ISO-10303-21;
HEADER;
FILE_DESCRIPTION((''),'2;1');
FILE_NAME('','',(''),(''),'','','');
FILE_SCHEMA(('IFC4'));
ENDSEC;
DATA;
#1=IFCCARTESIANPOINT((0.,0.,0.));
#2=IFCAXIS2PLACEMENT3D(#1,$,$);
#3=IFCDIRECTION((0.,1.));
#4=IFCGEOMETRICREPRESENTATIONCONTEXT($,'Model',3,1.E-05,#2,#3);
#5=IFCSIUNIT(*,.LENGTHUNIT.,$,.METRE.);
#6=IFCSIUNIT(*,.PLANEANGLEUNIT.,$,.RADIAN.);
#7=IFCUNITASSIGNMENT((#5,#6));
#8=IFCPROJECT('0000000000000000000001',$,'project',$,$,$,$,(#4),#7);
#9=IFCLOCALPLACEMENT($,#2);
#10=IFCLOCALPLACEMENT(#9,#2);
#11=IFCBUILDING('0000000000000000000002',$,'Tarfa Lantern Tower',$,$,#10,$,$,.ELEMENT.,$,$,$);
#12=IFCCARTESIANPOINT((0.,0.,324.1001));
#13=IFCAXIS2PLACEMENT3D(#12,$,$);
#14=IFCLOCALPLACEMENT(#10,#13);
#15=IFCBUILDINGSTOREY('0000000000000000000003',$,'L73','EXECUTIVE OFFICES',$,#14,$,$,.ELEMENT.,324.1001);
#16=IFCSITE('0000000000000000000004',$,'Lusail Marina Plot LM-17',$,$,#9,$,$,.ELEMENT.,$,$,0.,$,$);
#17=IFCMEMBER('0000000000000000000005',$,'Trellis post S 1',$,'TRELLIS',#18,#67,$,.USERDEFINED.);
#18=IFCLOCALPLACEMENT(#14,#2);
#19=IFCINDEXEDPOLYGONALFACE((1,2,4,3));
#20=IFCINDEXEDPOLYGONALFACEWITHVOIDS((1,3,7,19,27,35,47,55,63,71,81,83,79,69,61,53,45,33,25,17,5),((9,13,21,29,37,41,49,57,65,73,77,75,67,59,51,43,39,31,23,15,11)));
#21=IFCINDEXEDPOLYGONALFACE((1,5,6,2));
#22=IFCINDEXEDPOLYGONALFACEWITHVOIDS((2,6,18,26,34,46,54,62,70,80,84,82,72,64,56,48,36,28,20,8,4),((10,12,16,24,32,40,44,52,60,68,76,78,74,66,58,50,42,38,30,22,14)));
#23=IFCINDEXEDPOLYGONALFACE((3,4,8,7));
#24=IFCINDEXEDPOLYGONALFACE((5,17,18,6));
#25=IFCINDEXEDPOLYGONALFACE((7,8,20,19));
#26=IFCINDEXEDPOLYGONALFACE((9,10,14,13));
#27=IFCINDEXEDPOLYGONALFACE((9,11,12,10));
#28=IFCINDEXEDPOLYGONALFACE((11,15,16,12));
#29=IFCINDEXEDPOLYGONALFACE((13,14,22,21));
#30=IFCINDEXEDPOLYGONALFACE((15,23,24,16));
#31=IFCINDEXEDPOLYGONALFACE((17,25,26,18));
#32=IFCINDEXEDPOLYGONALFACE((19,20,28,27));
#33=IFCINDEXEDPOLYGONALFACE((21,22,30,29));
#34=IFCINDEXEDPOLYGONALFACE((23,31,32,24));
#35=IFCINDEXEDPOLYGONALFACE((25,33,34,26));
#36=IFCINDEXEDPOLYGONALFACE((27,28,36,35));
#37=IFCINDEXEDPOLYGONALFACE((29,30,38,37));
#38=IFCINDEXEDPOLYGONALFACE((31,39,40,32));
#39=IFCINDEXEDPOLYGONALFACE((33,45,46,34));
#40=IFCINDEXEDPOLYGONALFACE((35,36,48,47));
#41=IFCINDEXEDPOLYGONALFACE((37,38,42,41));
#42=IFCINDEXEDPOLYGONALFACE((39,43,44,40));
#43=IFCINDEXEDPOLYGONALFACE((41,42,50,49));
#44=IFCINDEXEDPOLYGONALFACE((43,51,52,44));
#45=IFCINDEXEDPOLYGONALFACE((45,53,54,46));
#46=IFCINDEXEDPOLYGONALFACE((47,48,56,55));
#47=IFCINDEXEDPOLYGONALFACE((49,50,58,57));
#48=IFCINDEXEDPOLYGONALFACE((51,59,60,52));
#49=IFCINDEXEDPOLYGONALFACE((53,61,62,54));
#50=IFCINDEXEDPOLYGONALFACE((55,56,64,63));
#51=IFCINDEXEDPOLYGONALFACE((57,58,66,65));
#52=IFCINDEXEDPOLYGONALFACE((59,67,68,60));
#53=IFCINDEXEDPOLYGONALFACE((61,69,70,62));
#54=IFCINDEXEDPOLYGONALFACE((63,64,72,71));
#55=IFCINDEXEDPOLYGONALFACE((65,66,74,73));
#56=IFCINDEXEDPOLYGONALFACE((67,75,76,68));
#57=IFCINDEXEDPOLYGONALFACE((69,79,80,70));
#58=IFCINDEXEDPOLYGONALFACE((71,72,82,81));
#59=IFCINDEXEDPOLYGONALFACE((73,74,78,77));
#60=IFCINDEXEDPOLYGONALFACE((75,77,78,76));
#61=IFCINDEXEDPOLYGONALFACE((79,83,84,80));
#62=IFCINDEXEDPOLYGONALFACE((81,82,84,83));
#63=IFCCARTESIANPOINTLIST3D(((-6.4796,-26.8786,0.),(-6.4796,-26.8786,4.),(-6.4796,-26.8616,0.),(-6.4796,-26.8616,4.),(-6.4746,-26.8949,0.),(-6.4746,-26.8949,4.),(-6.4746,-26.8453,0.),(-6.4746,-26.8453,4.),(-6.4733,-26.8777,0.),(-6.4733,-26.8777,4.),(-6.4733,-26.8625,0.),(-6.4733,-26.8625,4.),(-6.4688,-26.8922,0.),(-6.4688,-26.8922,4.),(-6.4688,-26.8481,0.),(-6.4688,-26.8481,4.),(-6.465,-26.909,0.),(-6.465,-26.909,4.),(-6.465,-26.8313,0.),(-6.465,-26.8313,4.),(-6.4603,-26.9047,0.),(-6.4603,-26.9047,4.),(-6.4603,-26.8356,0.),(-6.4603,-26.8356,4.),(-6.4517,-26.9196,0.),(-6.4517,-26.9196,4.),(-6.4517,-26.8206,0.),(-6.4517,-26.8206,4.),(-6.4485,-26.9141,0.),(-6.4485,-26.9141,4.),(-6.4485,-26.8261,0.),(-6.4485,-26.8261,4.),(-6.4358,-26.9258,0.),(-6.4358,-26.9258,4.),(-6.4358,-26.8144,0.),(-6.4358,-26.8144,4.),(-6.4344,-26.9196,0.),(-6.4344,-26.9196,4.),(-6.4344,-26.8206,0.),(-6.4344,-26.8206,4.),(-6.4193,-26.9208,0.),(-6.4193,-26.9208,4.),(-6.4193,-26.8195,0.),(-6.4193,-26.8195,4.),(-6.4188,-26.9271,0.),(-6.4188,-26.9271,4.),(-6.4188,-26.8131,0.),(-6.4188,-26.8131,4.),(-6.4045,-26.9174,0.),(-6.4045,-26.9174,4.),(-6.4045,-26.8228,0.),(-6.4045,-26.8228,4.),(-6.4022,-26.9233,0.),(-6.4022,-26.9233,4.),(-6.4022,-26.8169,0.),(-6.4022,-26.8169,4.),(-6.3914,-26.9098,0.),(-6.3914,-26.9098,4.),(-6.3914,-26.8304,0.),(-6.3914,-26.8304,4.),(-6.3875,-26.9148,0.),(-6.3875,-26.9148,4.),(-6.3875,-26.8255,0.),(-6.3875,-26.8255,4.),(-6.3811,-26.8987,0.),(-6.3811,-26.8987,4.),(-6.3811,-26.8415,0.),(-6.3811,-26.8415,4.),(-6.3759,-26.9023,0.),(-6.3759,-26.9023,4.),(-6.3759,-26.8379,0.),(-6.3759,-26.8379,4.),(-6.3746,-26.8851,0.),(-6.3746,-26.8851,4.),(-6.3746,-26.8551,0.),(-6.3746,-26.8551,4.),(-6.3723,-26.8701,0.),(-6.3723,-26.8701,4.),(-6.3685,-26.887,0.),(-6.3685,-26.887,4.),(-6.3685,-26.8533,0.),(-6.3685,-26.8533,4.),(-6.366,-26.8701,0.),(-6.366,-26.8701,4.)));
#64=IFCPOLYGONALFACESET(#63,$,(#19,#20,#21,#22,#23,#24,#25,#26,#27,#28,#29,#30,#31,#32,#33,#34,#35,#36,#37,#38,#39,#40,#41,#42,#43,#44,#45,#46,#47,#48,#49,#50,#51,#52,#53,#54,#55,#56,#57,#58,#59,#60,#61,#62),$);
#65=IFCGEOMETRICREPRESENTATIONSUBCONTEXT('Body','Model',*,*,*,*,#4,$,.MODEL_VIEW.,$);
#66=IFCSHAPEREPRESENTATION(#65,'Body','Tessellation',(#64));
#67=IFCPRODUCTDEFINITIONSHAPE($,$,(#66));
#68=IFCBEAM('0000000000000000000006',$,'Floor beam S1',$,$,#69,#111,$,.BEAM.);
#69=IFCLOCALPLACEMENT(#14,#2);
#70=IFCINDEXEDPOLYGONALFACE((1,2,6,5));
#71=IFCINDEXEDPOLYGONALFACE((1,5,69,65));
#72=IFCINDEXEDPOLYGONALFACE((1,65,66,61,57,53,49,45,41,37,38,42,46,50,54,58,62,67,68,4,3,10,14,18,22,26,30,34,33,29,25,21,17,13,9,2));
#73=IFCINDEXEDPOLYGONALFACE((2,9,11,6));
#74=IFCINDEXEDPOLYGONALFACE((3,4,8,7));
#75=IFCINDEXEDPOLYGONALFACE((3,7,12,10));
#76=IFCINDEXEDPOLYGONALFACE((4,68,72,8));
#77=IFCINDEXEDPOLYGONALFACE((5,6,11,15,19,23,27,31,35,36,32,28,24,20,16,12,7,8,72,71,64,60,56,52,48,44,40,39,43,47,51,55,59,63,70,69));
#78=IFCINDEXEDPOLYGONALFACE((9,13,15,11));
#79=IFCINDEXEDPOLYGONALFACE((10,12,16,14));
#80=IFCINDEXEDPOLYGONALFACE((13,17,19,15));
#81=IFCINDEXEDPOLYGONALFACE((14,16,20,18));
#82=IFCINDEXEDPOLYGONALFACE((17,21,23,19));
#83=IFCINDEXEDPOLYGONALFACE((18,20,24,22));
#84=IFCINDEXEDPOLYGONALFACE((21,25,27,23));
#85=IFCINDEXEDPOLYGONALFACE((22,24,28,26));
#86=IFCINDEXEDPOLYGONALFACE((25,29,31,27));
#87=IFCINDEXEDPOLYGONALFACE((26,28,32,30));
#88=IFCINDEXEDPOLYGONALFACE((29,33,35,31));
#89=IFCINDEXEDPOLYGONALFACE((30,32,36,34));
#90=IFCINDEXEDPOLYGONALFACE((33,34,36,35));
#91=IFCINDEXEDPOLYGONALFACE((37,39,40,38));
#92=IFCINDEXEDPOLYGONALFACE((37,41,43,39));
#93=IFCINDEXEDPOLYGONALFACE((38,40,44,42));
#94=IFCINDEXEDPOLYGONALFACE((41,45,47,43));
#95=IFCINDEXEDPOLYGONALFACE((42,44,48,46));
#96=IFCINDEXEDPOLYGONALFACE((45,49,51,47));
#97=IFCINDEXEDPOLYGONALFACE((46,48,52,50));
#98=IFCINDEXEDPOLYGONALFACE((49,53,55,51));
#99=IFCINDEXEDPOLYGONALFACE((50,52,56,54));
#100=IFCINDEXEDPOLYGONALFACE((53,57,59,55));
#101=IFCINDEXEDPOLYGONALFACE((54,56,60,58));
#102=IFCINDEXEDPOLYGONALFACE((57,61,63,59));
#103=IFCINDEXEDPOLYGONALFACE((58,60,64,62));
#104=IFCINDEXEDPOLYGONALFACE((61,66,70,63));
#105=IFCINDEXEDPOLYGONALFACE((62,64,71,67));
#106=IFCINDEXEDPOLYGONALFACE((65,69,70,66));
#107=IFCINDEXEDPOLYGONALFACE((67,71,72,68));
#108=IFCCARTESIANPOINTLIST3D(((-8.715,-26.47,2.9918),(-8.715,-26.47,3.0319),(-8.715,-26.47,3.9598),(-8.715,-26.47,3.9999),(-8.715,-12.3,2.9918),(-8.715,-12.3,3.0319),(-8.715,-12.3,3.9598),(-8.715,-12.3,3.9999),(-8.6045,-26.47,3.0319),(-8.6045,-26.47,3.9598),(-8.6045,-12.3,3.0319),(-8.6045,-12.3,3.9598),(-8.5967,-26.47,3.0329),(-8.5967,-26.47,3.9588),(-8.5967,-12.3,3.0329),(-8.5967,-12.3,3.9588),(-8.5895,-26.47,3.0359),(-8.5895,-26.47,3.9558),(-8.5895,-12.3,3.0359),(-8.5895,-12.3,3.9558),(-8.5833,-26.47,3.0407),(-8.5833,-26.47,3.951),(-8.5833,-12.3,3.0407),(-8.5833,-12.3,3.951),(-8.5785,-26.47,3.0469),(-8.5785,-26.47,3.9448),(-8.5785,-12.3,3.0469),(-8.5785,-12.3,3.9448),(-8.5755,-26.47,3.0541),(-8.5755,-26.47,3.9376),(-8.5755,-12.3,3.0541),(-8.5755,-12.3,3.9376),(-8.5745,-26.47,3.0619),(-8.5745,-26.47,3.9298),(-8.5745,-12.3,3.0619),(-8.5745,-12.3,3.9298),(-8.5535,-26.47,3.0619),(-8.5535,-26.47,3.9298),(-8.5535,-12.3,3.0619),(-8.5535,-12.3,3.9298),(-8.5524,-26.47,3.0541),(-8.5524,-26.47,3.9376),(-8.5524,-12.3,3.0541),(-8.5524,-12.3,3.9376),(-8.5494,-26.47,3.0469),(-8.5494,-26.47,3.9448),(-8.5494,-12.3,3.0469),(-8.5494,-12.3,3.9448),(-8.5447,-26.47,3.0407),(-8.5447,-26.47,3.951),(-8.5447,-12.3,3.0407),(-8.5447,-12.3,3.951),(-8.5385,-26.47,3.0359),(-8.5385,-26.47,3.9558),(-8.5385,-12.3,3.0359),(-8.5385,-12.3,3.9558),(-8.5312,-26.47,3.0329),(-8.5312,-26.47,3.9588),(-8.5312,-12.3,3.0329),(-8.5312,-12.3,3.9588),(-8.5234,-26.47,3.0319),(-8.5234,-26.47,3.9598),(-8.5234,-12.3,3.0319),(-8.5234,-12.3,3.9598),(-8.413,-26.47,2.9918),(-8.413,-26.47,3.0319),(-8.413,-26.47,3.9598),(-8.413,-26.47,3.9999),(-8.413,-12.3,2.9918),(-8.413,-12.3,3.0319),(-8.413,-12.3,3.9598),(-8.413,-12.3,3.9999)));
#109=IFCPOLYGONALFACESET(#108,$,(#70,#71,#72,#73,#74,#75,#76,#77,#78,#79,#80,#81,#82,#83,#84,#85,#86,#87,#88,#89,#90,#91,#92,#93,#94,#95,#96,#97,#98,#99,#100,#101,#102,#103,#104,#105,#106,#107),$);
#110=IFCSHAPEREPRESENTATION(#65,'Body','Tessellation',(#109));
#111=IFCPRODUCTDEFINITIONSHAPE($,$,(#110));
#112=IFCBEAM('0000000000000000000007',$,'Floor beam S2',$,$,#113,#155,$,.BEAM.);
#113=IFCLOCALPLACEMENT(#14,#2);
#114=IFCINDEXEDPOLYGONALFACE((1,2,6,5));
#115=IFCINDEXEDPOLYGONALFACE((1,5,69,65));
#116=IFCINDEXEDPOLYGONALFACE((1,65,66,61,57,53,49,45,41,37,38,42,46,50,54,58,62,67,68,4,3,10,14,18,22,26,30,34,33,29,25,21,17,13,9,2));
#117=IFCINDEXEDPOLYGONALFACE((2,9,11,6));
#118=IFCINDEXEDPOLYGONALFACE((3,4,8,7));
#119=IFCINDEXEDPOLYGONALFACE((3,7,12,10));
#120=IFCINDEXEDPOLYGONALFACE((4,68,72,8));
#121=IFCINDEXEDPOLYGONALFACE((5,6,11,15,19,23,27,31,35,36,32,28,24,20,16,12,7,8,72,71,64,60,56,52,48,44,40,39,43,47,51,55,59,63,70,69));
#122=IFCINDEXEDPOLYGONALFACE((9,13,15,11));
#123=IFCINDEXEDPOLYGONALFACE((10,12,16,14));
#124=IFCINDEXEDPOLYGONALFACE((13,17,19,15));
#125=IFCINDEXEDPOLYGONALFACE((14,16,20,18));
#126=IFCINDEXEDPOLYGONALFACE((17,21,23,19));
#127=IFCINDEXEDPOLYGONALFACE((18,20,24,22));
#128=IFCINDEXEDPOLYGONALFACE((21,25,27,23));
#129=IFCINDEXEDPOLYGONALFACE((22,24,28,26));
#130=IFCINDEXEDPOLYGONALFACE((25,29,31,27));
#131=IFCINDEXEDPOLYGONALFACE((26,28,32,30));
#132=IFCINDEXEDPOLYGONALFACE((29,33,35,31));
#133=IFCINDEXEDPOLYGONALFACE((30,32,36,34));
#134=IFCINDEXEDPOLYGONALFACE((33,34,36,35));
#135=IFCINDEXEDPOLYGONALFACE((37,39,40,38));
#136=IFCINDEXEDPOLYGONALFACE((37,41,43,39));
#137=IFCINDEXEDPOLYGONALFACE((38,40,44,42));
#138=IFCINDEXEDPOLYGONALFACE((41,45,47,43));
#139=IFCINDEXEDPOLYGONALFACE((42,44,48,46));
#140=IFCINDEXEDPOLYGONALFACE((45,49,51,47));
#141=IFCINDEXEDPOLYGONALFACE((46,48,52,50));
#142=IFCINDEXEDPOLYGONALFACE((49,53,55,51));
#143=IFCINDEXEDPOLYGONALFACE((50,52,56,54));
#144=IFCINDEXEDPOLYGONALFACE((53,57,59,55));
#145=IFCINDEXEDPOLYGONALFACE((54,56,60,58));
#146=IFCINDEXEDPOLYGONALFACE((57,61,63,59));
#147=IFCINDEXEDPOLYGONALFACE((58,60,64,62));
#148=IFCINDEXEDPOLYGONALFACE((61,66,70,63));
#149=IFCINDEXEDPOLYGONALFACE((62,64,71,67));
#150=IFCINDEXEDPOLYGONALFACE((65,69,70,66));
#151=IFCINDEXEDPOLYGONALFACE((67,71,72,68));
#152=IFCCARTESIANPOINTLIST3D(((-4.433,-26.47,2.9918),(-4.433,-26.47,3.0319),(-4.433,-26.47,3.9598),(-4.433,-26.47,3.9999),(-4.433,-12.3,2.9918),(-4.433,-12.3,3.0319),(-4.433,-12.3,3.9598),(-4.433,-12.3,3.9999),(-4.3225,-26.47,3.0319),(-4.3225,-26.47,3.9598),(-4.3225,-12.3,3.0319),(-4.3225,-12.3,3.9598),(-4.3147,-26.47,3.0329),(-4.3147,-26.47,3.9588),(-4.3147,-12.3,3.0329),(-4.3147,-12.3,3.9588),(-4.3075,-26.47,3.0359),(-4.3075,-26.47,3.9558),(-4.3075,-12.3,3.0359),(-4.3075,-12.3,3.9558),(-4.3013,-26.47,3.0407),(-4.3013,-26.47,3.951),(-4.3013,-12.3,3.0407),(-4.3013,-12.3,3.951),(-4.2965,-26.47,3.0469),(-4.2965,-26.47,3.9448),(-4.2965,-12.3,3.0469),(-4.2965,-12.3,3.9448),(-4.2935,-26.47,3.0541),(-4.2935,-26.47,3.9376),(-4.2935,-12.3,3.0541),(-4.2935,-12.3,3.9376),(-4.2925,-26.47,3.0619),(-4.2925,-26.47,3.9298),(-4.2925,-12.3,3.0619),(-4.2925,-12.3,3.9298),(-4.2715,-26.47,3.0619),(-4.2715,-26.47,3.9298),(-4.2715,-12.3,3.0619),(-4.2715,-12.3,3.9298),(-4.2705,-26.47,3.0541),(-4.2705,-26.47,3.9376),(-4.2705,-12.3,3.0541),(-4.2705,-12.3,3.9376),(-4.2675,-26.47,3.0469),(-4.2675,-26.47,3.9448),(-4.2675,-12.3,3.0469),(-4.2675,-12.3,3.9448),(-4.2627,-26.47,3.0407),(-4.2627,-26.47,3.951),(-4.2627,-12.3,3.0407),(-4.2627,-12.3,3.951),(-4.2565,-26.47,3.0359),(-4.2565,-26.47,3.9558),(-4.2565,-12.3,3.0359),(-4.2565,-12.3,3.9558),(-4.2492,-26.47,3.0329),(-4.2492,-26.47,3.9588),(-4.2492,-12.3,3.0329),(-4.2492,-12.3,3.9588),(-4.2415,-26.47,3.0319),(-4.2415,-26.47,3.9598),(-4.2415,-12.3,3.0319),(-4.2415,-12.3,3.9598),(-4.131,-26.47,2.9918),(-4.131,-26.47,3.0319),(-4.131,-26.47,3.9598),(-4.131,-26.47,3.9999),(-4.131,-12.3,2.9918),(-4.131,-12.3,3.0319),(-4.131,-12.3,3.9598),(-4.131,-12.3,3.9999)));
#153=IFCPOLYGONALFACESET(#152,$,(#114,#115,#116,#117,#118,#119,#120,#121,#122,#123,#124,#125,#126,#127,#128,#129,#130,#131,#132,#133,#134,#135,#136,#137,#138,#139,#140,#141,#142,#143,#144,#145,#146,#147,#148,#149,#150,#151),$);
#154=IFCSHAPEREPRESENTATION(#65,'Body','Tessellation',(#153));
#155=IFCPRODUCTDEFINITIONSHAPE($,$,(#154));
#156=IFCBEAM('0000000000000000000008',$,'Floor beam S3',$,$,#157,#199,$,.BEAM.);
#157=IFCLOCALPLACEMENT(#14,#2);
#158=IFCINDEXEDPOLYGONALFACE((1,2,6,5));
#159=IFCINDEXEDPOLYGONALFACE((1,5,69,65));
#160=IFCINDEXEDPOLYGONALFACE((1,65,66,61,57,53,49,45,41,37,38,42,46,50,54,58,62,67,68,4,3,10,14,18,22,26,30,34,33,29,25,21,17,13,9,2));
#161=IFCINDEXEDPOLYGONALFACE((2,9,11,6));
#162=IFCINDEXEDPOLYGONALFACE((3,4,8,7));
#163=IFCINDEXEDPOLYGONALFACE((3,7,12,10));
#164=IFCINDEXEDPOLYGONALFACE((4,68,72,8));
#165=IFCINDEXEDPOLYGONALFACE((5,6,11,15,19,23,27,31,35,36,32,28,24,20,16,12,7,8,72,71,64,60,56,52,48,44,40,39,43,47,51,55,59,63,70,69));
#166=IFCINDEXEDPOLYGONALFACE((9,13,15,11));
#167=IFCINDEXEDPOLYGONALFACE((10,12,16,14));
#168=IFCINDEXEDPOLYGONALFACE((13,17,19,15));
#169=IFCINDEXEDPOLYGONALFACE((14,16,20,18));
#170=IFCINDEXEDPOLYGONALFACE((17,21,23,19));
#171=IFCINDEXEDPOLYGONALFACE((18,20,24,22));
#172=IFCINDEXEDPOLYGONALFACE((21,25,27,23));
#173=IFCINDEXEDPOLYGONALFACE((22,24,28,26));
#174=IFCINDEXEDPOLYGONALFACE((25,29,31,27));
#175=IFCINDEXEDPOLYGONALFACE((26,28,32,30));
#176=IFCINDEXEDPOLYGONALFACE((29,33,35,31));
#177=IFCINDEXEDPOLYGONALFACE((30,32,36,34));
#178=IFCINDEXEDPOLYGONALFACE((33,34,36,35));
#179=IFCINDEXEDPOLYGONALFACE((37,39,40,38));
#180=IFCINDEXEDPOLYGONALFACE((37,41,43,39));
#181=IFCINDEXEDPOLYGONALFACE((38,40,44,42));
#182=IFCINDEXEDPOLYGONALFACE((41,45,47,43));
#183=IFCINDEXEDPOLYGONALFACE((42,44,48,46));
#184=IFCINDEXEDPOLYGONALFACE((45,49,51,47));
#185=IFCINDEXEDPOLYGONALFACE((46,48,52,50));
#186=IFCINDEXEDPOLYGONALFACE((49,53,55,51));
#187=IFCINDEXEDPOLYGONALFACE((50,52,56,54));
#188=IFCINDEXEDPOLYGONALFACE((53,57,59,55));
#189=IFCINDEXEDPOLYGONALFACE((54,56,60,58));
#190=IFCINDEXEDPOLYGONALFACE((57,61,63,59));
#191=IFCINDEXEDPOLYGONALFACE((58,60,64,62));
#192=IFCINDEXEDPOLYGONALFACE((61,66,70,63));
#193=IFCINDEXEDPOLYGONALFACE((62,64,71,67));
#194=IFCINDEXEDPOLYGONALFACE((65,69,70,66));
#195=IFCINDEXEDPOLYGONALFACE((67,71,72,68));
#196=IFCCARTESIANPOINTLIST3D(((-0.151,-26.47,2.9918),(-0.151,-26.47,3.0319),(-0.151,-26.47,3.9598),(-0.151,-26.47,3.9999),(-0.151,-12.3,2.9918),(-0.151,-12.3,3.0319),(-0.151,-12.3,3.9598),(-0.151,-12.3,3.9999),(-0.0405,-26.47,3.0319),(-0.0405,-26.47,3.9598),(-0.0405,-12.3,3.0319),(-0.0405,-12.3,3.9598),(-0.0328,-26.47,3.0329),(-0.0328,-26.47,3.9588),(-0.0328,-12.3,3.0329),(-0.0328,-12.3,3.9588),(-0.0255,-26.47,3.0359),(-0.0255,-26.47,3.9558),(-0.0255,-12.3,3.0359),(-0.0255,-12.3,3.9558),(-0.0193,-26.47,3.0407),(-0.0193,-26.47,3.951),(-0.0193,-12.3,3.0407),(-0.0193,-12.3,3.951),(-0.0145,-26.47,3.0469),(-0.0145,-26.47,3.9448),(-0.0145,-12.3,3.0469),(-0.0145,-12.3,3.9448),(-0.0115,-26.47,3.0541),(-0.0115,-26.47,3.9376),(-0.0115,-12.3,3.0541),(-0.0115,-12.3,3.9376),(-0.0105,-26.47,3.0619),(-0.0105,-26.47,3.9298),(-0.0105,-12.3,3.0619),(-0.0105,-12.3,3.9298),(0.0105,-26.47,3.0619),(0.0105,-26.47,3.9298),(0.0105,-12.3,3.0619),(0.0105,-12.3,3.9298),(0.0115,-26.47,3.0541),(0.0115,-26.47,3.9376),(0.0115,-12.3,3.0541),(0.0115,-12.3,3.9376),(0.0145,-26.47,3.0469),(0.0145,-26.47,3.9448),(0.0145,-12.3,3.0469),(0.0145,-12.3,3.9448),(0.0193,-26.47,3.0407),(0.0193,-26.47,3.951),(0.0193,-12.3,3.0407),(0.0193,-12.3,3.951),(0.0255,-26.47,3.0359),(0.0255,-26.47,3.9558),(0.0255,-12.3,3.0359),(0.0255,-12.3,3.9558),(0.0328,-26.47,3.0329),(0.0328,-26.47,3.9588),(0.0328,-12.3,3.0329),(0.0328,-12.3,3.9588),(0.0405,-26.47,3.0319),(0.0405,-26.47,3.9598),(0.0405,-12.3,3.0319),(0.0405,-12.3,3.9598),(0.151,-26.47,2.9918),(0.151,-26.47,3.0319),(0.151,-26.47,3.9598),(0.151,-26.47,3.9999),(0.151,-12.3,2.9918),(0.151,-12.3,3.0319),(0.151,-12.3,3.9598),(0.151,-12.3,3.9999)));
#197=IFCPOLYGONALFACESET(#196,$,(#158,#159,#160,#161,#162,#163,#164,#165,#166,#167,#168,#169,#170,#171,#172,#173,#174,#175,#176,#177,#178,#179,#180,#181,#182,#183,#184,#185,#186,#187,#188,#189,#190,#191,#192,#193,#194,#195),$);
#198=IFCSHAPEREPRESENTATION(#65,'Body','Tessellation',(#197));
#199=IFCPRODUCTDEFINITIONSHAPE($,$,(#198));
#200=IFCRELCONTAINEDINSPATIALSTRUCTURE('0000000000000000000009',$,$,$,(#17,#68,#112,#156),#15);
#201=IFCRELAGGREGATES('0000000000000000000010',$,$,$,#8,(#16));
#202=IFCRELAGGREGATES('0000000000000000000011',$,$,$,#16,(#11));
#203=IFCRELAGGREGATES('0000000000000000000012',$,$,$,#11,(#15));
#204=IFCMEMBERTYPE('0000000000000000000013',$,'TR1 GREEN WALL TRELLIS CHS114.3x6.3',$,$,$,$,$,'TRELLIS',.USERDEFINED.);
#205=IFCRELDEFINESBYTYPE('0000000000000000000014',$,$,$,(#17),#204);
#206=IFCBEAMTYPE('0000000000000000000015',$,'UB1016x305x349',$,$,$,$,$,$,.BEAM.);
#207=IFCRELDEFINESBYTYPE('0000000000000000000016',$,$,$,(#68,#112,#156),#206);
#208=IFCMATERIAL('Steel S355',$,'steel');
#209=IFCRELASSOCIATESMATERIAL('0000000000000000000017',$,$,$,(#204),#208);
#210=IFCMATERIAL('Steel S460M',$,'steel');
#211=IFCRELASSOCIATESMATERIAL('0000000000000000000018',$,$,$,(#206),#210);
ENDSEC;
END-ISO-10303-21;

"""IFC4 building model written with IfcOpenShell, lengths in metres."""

from ifc_helpers import new_model, si_unit, direction, frame, origin, origin_2d, place, context, subcontext, project, spatial, hollow_circle, i_section, extrude, material, material_profile, profile_set, type_object, element, save


model = new_model("IFC4")

# Units and contexts
model_context = context("Model", 3, precision=1e-05, world=origin(), true_north=direction((0.0, 1.0)))
body_context = subcontext(model_context, "Body", "Model", "MODEL_VIEW")
ifc_project = project(units=[si_unit("LENGTHUNIT", "METRE"), si_unit("PLANEANGLEUNIT", "RADIAN")], contexts=[model_context])

# Site, building, storey
site_placement = place(None, origin())
site = spatial("IfcSite", under=ifc_project, at=site_placement, Name="Lusail Marina Plot LM-17", CompositionType="ELEMENT", RefElevation=0.0)
building_placement = place(site_placement, origin())
building = spatial("IfcBuilding", under=site, at=building_placement, Name="Tarfa Lantern Tower", CompositionType="ELEMENT")
storey_placement = place(building_placement, frame((0.0, 0.0, 324.1001)))
storey = spatial("IfcBuildingStorey", under=building, at=storey_placement, Name="L73", Description="EXECUTIVE OFFICES", CompositionType="ELEMENT", Elevation=324.1001)

# Member
ifc_material_1 = material(Name="Steel S355", Category="steel")
ifc_material_profile_1 = material_profile(ifc_material_1, hollow_circle(Radius=0.0571, WallThickness=0.0063, at=origin_2d()), Name="CHS114.3x6.3")
ifc_profile_set_1 = profile_set([ifc_material_profile_1], Name="Steel S355")
member_type_1 = type_object("IfcMemberType", Name="TR1 GREEN WALL TRELLIS CHS114.3x6.3", ElementType="TRELLIS", PredefinedType="USERDEFINED", material=ifc_profile_set_1)
member_1_placement = place(storey_placement, frame((-6.4231, -26.8701, 0.0), z_axis=(0.0, 0.0, 1.0), x_axis=(1.0, 0.0, 0.0)))
element("IfcMember", 1, at=member_1_placement, inside=storey, type_object=member_type_1, Name="Trellis post S 1", ObjectType="TRELLIS", PredefinedType="USERDEFINED", context=body_context, shape_type="SweptSolid", body=[
    extrude(hollow_circle(Radius=0.0571, WallThickness=0.0063, at=origin_2d()), origin(), (0.0, 0.0, 1.0), 4.0),
])

# Beams
ifc_material_2 = material(Name="Steel S460M", Category="steel")
ifc_material_profile_2 = material_profile(ifc_material_2, i_section(OverallWidth=0.302, OverallDepth=1.0081, WebThickness=0.021, FlangeThickness=0.04, FilletRadius=0.03, at=origin_2d()), Name="UB1016x305x349")
ifc_profile_set_2 = profile_set([ifc_material_profile_2], Name="Steel S460M")
beam_type_1 = type_object("IfcBeamType", Name="UB1016x305x349", PredefinedType="BEAM", material=ifc_profile_set_2)
for number, where, z_axis, x_axis, name in (
    (2, (-8.564, -26.47, 3.4958), (0.0, 1.0, 0.0), (-1.0, 0.0, 0.0), "Floor beam S1"),
    (3, (-4.282, -26.47, 3.4958), (0.0, 1.0, 0.0), (-1.0, 0.0, 0.0), "Floor beam S2"),
    (4, (0.0, -26.47, 3.4958), (0.0, 1.0, 0.0), (-1.0, 0.0, 0.0), "Floor beam S3"),
):
    element("IfcBeam", number, at=place(storey_placement, frame(where, z_axis=z_axis, x_axis=x_axis)), inside=storey, type_object=beam_type_1, Name=name, PredefinedType="BEAM", context=body_context, shape_type="SweptSolid", body=[
        extrude(i_section(OverallWidth=0.302, OverallDepth=1.0081, WebThickness=0.021, FlangeThickness=0.04, FilletRadius=0.03, at=origin_2d()), origin(), (0.0, 0.0, 1.0), 14.1699),
    ])

save(model, "model.ifc")
